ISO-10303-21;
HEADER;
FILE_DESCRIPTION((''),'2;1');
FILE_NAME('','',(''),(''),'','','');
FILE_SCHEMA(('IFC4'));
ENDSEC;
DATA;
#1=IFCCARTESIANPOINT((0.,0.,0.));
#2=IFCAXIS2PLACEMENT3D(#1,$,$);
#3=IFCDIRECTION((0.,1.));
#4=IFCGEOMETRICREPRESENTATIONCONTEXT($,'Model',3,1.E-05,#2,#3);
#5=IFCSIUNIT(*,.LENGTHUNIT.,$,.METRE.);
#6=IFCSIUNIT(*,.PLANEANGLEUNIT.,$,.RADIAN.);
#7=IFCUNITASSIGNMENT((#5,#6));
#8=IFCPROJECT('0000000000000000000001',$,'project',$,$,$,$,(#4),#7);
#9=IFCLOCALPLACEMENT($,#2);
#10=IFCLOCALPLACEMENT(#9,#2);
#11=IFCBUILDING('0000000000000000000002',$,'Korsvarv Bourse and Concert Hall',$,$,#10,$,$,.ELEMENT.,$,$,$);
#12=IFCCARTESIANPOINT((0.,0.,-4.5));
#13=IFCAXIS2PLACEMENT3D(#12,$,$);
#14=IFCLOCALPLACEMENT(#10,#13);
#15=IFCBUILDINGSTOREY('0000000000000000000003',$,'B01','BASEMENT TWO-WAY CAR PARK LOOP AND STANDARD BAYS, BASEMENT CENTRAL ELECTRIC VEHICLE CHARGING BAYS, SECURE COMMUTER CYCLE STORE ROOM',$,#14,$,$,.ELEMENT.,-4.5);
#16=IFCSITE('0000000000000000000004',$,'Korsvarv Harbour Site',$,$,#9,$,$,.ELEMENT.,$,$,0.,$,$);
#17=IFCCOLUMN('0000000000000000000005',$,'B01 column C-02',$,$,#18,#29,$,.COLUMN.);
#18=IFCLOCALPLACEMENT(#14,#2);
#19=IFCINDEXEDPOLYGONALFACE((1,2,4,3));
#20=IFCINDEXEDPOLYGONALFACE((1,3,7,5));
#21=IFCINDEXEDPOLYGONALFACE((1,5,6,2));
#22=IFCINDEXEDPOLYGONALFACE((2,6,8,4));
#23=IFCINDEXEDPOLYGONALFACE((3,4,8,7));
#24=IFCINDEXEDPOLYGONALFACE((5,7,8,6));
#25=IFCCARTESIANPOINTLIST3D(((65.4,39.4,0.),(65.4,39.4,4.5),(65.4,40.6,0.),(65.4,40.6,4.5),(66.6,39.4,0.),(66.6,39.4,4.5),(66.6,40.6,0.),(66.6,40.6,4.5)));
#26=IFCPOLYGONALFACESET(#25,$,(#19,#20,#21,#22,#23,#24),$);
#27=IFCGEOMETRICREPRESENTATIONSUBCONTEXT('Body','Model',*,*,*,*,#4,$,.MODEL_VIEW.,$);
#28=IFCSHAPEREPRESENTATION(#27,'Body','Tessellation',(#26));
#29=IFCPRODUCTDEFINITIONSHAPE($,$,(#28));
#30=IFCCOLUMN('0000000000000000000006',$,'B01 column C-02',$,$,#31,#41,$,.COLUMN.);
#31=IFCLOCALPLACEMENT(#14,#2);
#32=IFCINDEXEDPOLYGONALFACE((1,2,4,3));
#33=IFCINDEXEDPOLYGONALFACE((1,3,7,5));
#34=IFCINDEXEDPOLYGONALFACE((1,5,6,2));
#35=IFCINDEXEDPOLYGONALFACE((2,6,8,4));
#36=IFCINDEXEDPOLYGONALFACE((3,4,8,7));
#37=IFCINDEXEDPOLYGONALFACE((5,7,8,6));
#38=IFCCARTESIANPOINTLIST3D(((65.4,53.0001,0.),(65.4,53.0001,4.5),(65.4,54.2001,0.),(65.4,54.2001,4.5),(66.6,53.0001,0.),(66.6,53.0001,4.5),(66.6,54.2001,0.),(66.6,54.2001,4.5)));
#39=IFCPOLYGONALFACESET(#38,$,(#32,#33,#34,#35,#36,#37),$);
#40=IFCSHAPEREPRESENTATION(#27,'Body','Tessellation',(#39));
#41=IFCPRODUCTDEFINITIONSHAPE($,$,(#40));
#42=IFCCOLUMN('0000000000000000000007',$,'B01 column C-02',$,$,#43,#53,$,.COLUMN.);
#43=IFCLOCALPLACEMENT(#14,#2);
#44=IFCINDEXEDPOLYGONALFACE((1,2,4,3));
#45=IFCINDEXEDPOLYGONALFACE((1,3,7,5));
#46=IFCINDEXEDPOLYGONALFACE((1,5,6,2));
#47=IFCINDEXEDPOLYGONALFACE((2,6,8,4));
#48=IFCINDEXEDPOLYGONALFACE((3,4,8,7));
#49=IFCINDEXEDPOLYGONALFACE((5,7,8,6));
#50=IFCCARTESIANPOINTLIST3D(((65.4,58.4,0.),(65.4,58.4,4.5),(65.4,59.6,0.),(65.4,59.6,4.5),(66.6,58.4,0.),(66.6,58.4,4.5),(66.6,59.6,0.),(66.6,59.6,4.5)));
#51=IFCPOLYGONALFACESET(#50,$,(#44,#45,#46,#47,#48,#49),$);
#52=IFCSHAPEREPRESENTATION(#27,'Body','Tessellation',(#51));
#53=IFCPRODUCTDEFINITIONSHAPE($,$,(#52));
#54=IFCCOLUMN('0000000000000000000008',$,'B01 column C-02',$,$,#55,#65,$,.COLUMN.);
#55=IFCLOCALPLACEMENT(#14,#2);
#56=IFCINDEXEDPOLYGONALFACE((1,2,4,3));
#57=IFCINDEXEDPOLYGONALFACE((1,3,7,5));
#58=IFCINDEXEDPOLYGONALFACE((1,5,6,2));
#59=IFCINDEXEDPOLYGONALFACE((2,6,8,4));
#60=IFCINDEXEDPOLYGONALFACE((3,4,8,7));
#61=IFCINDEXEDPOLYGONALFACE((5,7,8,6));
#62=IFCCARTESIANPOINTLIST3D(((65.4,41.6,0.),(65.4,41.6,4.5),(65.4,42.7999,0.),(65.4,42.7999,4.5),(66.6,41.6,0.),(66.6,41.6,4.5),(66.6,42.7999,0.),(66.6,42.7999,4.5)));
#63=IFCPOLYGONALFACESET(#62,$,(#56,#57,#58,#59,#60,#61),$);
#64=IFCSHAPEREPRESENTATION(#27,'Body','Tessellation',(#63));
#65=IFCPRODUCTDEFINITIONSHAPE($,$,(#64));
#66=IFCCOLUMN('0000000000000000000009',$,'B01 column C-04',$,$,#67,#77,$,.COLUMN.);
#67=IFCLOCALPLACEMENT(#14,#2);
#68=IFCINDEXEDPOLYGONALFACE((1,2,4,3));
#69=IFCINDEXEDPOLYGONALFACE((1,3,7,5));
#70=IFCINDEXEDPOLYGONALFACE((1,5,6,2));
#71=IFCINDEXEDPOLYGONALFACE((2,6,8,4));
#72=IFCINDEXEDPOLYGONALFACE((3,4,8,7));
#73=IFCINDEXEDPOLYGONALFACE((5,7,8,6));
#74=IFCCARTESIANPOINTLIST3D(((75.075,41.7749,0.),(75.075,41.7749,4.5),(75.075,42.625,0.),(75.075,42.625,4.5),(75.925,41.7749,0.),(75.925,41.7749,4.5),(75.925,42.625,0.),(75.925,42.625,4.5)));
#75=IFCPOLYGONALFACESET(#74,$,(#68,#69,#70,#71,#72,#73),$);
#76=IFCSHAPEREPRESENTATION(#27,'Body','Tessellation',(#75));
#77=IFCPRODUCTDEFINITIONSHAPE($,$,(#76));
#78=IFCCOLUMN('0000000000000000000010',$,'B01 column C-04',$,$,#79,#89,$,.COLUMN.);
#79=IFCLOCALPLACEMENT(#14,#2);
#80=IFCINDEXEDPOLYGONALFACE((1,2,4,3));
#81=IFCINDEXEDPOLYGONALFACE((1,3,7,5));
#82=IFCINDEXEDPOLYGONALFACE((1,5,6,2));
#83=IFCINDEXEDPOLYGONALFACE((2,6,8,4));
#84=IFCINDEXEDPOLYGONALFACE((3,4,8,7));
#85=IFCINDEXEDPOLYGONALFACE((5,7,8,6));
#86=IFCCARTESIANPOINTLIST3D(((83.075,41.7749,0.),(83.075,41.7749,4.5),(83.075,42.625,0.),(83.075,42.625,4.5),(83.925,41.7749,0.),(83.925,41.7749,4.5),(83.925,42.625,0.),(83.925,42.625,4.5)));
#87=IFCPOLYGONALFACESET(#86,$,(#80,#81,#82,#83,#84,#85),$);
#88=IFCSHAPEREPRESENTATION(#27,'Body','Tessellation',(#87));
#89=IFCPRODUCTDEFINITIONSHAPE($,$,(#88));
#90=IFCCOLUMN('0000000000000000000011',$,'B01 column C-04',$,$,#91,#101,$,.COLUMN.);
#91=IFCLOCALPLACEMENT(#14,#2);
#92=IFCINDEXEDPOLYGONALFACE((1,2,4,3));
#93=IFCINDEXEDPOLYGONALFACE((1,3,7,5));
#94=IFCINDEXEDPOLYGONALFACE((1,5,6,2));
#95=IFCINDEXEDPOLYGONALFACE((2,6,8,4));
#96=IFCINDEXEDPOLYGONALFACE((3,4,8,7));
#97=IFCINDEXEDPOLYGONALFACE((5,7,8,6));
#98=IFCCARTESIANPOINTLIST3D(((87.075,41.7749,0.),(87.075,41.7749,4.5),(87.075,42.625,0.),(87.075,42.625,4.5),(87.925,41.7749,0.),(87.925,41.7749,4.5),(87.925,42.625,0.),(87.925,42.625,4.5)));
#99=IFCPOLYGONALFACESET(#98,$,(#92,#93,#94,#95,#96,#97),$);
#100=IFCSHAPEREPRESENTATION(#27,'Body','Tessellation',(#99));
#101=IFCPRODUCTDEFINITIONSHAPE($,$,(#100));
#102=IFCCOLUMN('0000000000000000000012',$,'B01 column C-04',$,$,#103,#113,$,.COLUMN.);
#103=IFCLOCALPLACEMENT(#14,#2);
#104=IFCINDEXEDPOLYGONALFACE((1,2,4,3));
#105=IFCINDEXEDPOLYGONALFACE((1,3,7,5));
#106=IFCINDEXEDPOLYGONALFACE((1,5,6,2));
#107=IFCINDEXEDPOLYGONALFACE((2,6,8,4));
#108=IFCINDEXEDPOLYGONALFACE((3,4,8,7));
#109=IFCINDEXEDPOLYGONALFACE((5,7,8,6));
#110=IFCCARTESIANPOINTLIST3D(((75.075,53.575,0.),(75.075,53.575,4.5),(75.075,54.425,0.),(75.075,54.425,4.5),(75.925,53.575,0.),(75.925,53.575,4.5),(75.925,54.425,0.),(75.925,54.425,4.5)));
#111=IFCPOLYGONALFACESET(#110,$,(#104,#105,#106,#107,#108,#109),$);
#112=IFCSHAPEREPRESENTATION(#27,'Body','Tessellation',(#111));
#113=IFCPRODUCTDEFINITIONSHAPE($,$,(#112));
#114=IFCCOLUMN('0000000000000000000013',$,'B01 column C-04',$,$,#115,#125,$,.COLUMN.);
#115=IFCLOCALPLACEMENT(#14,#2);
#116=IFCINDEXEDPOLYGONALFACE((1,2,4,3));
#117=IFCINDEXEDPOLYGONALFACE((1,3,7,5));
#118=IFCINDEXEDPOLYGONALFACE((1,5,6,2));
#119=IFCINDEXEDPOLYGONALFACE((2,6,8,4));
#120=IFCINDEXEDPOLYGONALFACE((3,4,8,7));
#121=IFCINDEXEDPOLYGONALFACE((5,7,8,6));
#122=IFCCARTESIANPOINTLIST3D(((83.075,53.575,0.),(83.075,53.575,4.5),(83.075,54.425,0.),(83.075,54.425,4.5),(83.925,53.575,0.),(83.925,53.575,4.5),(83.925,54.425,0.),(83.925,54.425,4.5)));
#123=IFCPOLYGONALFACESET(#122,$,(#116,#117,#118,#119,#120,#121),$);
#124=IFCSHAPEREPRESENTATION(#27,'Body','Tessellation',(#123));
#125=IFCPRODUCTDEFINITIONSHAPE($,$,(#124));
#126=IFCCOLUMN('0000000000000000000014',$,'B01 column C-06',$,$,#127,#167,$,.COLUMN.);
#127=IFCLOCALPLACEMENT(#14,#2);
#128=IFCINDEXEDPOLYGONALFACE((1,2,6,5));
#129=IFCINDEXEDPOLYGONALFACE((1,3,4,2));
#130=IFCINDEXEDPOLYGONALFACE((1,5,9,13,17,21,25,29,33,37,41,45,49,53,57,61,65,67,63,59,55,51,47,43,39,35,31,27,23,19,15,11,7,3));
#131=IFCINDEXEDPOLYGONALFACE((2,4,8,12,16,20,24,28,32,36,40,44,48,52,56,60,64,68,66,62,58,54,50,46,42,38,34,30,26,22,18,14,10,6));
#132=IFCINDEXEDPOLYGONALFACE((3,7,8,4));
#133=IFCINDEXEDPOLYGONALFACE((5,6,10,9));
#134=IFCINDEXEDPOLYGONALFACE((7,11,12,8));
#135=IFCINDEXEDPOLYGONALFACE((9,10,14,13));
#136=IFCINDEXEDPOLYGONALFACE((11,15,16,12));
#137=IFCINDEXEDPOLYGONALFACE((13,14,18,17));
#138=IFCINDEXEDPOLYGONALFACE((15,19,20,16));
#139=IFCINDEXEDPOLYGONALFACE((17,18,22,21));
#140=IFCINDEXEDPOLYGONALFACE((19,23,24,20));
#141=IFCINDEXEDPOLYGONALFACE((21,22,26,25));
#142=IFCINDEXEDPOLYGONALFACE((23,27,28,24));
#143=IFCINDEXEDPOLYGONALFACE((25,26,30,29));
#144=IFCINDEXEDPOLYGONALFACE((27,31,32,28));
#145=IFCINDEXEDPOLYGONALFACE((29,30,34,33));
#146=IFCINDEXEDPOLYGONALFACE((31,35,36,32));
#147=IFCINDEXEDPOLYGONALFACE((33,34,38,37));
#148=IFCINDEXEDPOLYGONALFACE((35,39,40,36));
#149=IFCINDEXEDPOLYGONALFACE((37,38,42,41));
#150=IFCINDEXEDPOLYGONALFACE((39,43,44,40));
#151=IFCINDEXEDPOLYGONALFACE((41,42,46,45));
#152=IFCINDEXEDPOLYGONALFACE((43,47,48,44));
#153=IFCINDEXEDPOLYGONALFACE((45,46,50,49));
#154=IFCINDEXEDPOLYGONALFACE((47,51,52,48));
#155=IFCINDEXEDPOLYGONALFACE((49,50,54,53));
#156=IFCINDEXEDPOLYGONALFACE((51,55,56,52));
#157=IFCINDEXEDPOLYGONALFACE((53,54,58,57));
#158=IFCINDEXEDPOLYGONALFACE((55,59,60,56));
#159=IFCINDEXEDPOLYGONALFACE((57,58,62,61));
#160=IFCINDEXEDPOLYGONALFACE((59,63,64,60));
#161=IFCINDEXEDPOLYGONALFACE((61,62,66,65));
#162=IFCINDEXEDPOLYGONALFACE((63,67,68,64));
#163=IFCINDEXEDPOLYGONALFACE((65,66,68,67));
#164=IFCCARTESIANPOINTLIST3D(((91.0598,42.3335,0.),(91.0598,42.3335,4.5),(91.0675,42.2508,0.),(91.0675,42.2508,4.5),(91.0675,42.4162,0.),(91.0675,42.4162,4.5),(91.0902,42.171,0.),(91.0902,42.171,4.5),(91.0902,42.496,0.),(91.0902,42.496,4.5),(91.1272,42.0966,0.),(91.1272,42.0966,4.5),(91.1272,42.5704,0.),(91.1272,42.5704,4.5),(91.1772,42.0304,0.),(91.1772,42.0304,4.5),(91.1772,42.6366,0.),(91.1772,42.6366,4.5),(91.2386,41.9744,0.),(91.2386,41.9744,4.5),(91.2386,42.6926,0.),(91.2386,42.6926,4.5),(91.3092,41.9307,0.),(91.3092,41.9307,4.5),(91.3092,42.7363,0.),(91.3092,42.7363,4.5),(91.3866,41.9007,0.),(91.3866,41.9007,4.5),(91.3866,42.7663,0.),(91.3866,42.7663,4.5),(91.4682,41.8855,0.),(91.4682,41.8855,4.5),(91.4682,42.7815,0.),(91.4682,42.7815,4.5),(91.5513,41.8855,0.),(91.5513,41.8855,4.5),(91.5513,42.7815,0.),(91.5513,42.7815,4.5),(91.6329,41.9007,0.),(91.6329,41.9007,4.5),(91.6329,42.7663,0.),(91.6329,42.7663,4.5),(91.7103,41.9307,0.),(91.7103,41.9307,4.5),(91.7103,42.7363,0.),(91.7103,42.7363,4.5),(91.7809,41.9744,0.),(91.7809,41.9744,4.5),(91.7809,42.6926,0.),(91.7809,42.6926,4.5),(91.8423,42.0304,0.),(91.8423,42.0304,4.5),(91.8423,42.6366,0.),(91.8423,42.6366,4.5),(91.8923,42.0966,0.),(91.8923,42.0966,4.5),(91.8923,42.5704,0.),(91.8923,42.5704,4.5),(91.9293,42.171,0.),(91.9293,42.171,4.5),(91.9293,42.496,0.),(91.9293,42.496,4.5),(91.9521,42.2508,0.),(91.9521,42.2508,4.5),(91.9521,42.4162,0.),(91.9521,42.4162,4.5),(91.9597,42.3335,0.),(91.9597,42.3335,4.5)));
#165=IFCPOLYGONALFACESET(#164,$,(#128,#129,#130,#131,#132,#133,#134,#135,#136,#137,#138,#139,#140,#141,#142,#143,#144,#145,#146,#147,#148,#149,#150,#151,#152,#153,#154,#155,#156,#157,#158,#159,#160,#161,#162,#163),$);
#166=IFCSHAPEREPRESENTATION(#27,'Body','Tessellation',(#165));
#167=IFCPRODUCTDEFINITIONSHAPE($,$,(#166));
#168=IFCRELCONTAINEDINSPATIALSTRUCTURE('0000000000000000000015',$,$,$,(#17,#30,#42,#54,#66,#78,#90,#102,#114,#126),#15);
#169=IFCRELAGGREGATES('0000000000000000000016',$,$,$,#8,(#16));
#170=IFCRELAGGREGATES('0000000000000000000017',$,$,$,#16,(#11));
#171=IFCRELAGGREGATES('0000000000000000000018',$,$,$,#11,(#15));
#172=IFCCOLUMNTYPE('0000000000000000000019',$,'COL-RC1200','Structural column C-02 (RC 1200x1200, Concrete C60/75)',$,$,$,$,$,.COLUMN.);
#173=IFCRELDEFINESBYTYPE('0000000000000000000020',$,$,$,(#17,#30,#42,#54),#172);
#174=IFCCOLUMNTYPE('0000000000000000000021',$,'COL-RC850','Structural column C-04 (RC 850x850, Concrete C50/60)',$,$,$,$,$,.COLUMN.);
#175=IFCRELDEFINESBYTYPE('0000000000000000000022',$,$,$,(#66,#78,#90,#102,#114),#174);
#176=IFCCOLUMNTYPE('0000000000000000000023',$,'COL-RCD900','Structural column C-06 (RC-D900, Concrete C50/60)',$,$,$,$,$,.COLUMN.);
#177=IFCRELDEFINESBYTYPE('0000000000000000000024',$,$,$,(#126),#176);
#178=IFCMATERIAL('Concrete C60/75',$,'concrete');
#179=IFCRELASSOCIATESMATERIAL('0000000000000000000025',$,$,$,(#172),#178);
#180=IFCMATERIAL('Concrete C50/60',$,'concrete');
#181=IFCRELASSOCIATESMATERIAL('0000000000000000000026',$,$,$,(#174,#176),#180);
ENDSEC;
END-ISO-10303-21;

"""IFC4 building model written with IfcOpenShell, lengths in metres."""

from ifc_helpers import new_model, si_unit, direction, frame, origin, origin_2d, place, context, subcontext, project, spatial, rectangle, circle, extrude, source, transform, mapped, material, material_profile, profile_set, type_object, element, save


model = new_model("IFC4")

# Units and contexts
model_context = context("Model", 3, precision=1e-05, world=origin(), true_north=direction((0.0, 1.0)))
body_context = subcontext(model_context, "Body", "Model", "MODEL_VIEW")
ifc_project = project(units=[si_unit("LENGTHUNIT", "METRE"), si_unit("PLANEANGLEUNIT", "RADIAN")], contexts=[model_context])

# Site, building, storey
site_placement = place(None, origin())
site = spatial("IfcSite", under=ifc_project, at=site_placement, Name="Korsvarv Harbour Site", CompositionType="ELEMENT", RefElevation=0.0)
building_placement = place(site_placement, origin())
building = spatial("IfcBuilding", under=site, at=building_placement, Name="Korsvarv Bourse and Concert Hall", CompositionType="ELEMENT")
storey_placement = place(building_placement, frame((0.0, 0.0, -4.5)))
storey = spatial("IfcBuildingStorey", under=building, at=storey_placement, Name="B01", Description="BASEMENT TWO-WAY CAR PARK LOOP AND STANDARD BAYS, BASEMENT CENTRAL ELECTRIC VEHICLE CHARGING BAYS, SECURE COMMUTER CYCLE STORE ROOM", CompositionType="ELEMENT", Elevation=-4.5)

# Columns
ifc_material_1 = material(Name="Concrete C60/75", Category="concrete")
ifc_material_profile_1 = material_profile(ifc_material_1, rectangle(XDim=1.2, YDim=1.2, at=origin_2d()), Name="RC 1200x1200")
ifc_profile_set_1 = profile_set([ifc_material_profile_1], Name="Concrete C60/75")
column_type_1 = type_object("IfcColumnType", Name="COL-RC1200", Description="Structural column C-02 (RC 1200x1200, Concrete C60/75)", PredefinedType="COLUMN", material=ifc_profile_set_1)
shared_shape_1 = source(origin(), body_context, "Body", "SweptSolid", [
    extrude(rectangle(XDim=1.2, YDim=1.2, at=origin_2d()), origin(), (0.0, 0.0, 1.0), 4.5),
])
for number, where, z_axis, x_axis, name in (
    (1, (66.0, 40.0, 0.0), (0.0, 0.0, 1.0), (1.0, 0.0, 0.0), "B01 column C-02"),
    (2, (66.0, 53.6001, 0.0), (0.0, 0.0, 1.0), (1.0, 0.0, 0.0), "B01 column C-02"),
    (3, (66.0, 59.0, 0.0), (0.0, 0.0, 1.0), (1.0, 0.0, 0.0), "B01 column C-02"),
    (4, (66.0, 42.2, 0.0), (0.0, 0.0, 1.0), (1.0, 0.0, 0.0), "B01 column C-02"),
):
    element("IfcColumn", number, at=place(storey_placement, frame(where, z_axis=z_axis, x_axis=x_axis)), inside=storey, type_object=column_type_1, Name=name, PredefinedType="COLUMN", context=body_context, shape_type="MappedRepresentation", body=[
        mapped(shared_shape_1, transform((0.0, 0.0, 0.0), scale=1.0)),
    ])
ifc_material_2 = material(Name="Concrete C50/60", Category="concrete")
ifc_material_profile_2 = material_profile(ifc_material_2, rectangle(XDim=0.8501, YDim=0.8501, at=origin_2d()), Name="RC 850x850")
ifc_profile_set_2 = profile_set([ifc_material_profile_2], Name="Concrete C50/60")
column_type_2 = type_object("IfcColumnType", Name="COL-RC850", Description="Structural column C-04 (RC 850x850, Concrete C50/60)", PredefinedType="COLUMN", material=ifc_profile_set_2)
shared_shape_2 = source(origin(), body_context, "Body", "SweptSolid", [
    extrude(rectangle(XDim=0.8501, YDim=0.8501, at=origin_2d()), origin(), (0.0, 0.0, 1.0), 4.5),
])
for number, where, z_axis, x_axis, name in (
    (5, (75.5, 42.2, 0.0), (0.0, 0.0, 1.0), (1.0, 0.0, 0.0), "B01 column C-04"),
    (6, (83.5, 42.2, 0.0), (0.0, 0.0, 1.0), (1.0, 0.0, 0.0), "B01 column C-04"),
    (7, (87.5, 42.2, 0.0), (0.0, 0.0, 1.0), (1.0, 0.0, 0.0), "B01 column C-04"),
    (8, (75.5, 54.0, 0.0), (0.0, 0.0, 1.0), (1.0, 0.0, 0.0), "B01 column C-04"),
    (9, (83.5, 54.0, 0.0), (0.0, 0.0, 1.0), (1.0, 0.0, 0.0), "B01 column C-04"),
):
    element("IfcColumn", number, at=place(storey_placement, frame(where, z_axis=z_axis, x_axis=x_axis)), inside=storey, type_object=column_type_2, Name=name, PredefinedType="COLUMN", context=body_context, shape_type="MappedRepresentation", body=[
        mapped(shared_shape_2, transform((0.0, 0.0, 0.0), scale=1.0)),
    ])
ifc_material_profile_3 = material_profile(ifc_material_2, circle(Radius=0.45, at=origin_2d()), Name="RC-D900")
ifc_profile_set_3 = profile_set([ifc_material_profile_3], Name="Concrete C50/60")
column_type_3 = type_object("IfcColumnType", Name="COL-RCD900", Description="Structural column C-06 (RC-D900, Concrete C50/60)", PredefinedType="COLUMN", material=ifc_profile_set_3)
shared_shape_3 = source(origin(), body_context, "Body", "SweptSolid", [
    extrude(circle(Radius=0.45, at=origin_2d()), origin(), (0.0, 0.0, 1.0), 4.5),
])
column_placement = place(storey_placement, frame((91.5098, 42.3335, 0.0), z_axis=(0.0, 0.0, 1.0), x_axis=(1.0, 0.0, 0.0)))
element("IfcColumn", 10, at=column_placement, inside=storey, type_object=column_type_3, Name="B01 column C-06", PredefinedType="COLUMN", context=body_context, shape_type="MappedRepresentation", body=[
    mapped(shared_shape_3, transform((0.0, 0.0, 0.0), scale=1.0)),
])

save(model, "model.ifc")
